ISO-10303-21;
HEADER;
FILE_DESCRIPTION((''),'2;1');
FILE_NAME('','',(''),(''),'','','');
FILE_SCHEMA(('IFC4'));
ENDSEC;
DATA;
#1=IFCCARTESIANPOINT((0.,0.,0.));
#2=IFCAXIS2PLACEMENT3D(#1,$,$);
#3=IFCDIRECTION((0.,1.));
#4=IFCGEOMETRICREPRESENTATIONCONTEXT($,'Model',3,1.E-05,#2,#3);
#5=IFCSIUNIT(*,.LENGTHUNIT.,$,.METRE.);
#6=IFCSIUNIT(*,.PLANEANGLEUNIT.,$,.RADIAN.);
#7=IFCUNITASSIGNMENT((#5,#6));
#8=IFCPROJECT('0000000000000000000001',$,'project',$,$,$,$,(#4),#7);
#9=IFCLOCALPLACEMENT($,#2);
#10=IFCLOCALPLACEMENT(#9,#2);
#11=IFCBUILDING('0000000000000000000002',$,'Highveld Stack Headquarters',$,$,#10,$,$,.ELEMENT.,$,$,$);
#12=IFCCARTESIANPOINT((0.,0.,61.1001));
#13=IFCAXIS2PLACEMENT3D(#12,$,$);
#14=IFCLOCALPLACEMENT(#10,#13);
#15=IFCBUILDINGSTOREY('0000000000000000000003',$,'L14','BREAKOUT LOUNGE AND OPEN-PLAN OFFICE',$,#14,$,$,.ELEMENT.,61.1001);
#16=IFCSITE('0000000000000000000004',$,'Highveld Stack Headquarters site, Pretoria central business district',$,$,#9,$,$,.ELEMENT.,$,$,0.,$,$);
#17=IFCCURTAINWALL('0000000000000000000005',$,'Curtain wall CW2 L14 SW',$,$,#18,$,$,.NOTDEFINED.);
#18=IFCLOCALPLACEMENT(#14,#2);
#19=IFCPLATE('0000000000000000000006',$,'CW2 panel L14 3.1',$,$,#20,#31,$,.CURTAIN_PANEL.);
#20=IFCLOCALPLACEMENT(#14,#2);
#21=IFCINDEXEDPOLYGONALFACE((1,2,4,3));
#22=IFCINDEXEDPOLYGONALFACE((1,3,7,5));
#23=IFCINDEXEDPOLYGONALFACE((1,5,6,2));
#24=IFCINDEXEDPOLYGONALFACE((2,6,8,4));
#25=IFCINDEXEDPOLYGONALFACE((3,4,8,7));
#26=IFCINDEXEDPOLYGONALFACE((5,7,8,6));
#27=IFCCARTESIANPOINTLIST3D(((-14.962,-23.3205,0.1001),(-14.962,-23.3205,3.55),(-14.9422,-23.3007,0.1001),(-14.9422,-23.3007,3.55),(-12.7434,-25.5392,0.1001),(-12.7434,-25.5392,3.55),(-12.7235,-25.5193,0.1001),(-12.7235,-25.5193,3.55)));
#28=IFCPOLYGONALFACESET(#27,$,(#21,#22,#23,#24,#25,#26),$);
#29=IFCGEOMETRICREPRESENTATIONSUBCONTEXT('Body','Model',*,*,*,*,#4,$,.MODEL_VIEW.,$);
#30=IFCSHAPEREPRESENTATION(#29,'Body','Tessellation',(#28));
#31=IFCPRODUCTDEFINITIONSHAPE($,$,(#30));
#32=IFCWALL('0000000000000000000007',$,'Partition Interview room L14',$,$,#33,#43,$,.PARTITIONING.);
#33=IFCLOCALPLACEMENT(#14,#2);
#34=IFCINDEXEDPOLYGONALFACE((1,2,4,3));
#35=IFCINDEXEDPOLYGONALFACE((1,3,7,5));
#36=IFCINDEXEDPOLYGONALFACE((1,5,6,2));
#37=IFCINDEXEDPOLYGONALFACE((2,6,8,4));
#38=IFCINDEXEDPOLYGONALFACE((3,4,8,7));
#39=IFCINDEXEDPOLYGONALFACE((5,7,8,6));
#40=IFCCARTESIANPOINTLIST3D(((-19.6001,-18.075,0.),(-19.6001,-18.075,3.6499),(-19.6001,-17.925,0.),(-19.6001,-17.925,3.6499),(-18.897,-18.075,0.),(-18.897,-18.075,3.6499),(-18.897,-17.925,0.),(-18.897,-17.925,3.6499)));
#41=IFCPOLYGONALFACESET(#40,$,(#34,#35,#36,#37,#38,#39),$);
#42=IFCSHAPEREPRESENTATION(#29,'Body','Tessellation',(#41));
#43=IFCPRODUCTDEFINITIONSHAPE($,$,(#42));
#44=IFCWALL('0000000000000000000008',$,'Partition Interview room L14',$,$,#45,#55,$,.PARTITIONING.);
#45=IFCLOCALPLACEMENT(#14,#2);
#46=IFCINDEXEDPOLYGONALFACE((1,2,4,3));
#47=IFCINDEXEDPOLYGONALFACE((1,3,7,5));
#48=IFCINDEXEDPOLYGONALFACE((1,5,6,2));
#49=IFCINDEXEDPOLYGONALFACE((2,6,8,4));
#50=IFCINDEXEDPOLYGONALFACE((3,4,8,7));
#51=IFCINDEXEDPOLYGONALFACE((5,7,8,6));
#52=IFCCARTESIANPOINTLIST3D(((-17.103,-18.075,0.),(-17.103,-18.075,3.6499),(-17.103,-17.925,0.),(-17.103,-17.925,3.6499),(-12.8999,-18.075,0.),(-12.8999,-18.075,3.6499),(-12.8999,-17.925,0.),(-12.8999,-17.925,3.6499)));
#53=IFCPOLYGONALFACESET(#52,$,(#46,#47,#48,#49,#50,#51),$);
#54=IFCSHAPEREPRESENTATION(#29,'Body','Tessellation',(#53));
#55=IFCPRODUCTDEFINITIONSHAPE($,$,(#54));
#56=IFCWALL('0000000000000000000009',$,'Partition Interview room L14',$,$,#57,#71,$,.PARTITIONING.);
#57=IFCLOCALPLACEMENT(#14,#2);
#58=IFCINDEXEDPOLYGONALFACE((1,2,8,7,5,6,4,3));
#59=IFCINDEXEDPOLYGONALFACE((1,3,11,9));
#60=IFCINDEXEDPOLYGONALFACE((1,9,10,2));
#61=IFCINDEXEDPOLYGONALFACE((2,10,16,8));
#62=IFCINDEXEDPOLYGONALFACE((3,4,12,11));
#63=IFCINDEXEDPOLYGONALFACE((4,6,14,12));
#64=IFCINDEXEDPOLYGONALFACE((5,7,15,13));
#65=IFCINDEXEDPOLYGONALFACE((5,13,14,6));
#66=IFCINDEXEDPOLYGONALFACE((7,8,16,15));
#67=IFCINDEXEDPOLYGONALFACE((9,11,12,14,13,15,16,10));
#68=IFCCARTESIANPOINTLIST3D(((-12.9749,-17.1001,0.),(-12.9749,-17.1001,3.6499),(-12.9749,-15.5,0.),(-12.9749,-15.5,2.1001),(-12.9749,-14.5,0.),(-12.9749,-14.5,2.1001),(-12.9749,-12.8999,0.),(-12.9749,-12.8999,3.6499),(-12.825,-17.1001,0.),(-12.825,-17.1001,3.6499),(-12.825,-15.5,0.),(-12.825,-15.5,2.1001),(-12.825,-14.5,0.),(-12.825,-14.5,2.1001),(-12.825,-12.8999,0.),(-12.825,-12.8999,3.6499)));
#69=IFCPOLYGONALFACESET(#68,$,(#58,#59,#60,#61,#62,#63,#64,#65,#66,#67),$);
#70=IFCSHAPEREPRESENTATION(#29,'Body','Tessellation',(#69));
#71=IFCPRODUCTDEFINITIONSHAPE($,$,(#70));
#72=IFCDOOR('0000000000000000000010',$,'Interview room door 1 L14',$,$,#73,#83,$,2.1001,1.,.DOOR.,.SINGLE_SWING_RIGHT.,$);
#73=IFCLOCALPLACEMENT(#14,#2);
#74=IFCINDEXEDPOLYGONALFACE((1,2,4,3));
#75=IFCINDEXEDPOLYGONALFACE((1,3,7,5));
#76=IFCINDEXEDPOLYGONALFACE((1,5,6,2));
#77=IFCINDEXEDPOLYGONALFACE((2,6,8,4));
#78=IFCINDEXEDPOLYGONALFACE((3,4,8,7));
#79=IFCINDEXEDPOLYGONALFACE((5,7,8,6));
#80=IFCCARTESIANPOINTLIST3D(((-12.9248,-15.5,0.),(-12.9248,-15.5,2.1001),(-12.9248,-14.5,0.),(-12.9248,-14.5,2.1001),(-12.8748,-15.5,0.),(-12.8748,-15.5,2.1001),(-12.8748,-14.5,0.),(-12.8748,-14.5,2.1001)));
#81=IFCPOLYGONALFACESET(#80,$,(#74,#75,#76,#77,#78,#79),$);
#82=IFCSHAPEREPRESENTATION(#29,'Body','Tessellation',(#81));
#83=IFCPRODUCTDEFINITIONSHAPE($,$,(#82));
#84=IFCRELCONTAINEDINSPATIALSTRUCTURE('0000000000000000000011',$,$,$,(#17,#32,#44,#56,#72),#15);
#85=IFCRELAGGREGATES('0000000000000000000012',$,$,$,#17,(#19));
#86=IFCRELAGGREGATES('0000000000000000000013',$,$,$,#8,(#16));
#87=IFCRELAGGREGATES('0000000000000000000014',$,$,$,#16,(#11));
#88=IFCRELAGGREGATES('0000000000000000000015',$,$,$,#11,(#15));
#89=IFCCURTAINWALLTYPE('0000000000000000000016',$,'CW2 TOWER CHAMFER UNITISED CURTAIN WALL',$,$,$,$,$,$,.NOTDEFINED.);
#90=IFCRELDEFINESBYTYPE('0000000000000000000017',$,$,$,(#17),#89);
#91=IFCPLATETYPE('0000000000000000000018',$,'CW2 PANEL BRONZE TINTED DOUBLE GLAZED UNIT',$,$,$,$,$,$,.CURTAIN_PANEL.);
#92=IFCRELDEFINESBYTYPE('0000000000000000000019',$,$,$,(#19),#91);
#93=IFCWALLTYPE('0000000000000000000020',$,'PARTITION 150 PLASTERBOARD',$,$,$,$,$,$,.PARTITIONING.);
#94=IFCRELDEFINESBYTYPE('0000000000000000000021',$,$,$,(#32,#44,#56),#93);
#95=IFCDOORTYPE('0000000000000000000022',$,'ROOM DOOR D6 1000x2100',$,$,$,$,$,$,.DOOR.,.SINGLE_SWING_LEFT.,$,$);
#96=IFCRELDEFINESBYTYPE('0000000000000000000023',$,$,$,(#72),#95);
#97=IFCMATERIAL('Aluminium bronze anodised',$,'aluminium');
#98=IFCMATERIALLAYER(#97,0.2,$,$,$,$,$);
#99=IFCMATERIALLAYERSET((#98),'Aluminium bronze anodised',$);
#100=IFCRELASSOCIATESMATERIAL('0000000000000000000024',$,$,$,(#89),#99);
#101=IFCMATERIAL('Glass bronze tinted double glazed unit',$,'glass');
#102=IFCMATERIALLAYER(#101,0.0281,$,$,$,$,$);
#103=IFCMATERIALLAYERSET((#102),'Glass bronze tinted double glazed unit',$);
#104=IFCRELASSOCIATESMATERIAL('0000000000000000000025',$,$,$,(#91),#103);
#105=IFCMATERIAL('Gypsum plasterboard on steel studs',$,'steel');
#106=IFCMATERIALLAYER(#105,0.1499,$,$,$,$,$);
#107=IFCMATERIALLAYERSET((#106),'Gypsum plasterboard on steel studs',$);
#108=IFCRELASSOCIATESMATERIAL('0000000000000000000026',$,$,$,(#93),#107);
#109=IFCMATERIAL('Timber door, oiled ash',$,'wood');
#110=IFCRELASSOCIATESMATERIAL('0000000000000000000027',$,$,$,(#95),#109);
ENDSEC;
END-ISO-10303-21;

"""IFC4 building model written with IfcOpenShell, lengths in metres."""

from ifc_helpers import new_model, si_unit, direction, frame, frame_2d, origin, origin_2d, place, context, subcontext, project, spatial, rectangle, extrude, material, layer, layer_set, type_object, element, fill, aggregate, save


model = new_model("IFC4")

# Units and contexts
model_context = context("Model", 3, precision=1e-05, world=origin(), true_north=direction((0.0, 1.0)))
body_context = subcontext(model_context, "Body", "Model", "MODEL_VIEW")
ifc_project = project(units=[si_unit("LENGTHUNIT", "METRE"), si_unit("PLANEANGLEUNIT", "RADIAN")], contexts=[model_context])

# Site, building, storey
site_placement = place(None, origin())
site = spatial("IfcSite", under=ifc_project, at=site_placement, Name="Highveld Stack Headquarters site, Pretoria central business district", CompositionType="ELEMENT", RefElevation=0.0)
building_placement = place(site_placement, origin())
building = spatial("IfcBuilding", under=site, at=building_placement, Name="Highveld Stack Headquarters", CompositionType="ELEMENT")
storey_placement = place(building_placement, frame((0.0, 0.0, 61.1001)))
storey = spatial("IfcBuildingStorey", under=building, at=storey_placement, Name="L14", Description="BREAKOUT LOUNGE AND OPEN-PLAN OFFICE", CompositionType="ELEMENT", Elevation=61.1001)

# Curtain wall
ifc_material_1 = material(Name="Aluminium bronze anodised", Category="aluminium")
ifc_layer_1 = layer(ifc_material_1, 0.2)
ifc_layer_set_1 = layer_set([ifc_layer_1], Name="Aluminium bronze anodised")
curtain_wall_type_1 = type_object("IfcCurtainWallType", Name="CW2 TOWER CHAMFER UNITISED CURTAIN WALL", PredefinedType="NOTDEFINED", material=ifc_layer_set_1)
curtain_wall_1_placement = place(storey_placement, origin())
curtain_wall_1 = element("IfcCurtainWall", 1, at=curtain_wall_1_placement, inside=storey, type_object=curtain_wall_type_1, Name="Curtain wall CW2 L14 SW", PredefinedType="NOTDEFINED")

# Plate
ifc_material_2 = material(Name="Glass bronze tinted double glazed unit", Category="glass")
ifc_layer_2 = layer(ifc_material_2, 0.0281)
ifc_layer_set_2 = layer_set([ifc_layer_2], Name="Glass bronze tinted double glazed unit")
plate_type_1 = type_object("IfcPlateType", Name="CW2 PANEL BRONZE TINTED DOUBLE GLAZED UNIT", PredefinedType="CURTAIN_PANEL", material=ifc_layer_set_2)
plate_1_placement = place(storey_placement, frame((-13.8428, -24.4199, 0.1001), z_axis=(0.0, 0.0, 1.0), x_axis=(0.707107, -0.707107, 0.0)))
plate_1 = element("IfcPlate", 2, at=plate_1_placement, type_object=plate_type_1, Name="CW2 panel L14 3.1", PredefinedType="CURTAIN_PANEL", context=body_context, shape_type="SweptSolid", body=[
    extrude(rectangle(XDim=3.1377, YDim=0.0281, at=origin_2d()), origin(), (0.0, 0.0, 1.0), 3.45),
])
aggregate(curtain_wall_1, [plate_1])

# Walls
ifc_material_3 = material(Name="Gypsum plasterboard on steel studs", Category="steel")
ifc_layer_3 = layer(ifc_material_3, 0.1499)
ifc_layer_set_3 = layer_set([ifc_layer_3], Name="Gypsum plasterboard on steel studs")
wall_type = type_object("IfcWallType", Name="PARTITION 150 PLASTERBOARD", PredefinedType="PARTITIONING", material=ifc_layer_set_3)
wall_1_placement = place(storey_placement, frame((-19.6001, -18.0, 0.0), z_axis=(0.0, 0.0, 1.0), x_axis=(1.0, 0.0, 0.0)))
element("IfcWall", 3, at=wall_1_placement, inside=storey, type_object=wall_type, Name="Partition Interview room L14", PredefinedType="PARTITIONING", context=body_context, shape_type="SweptSolid", body=[
    extrude(rectangle(XDim=0.7031, YDim=0.1499, at=frame_2d((0.3516, 0.0))), origin(), (0.0, 0.0, 1.0), 3.6499),
])
wall_2_placement = place(storey_placement, frame((-17.103, -18.0, 0.0), z_axis=(0.0, 0.0, 1.0), x_axis=(1.0, 0.0, 0.0)))
element("IfcWall", 4, at=wall_2_placement, inside=storey, type_object=wall_type, Name="Partition Interview room L14", PredefinedType="PARTITIONING", context=body_context, shape_type="SweptSolid", body=[
    extrude(rectangle(XDim=4.2031, YDim=0.1499, at=frame_2d((2.1016, 0.0))), origin(), (0.0, 0.0, 1.0), 3.6499),
])

# Wall, opening, door
wall_3_placement = place(storey_placement, frame((-12.8999, -17.1001, 0.0), z_axis=(0.0, 0.0, 1.0), x_axis=(0.0, 1.0, 0.0)))
wall_3 = element("IfcWall", 5, at=wall_3_placement, inside=storey, type_object=wall_type, Name="Partition Interview room L14", PredefinedType="PARTITIONING", context=body_context, shape_type="SweptSolid", body=[
    extrude(rectangle(XDim=4.2002, YDim=0.1499, at=frame_2d((2.1001, 0.0))), origin(), (0.0, 0.0, 1.0), 3.6499),
])
opening_placement = place(wall_3_placement, frame((1.6001, 0.0, 0.0)))
opening = element("IfcOpeningElement", 6, at=opening_placement, cuts=wall_3, PredefinedType="OPENING", context=body_context, shape_type="SweptSolid", body=[
    extrude(rectangle(XDim=1.0, YDim=2.1001, at=frame_2d((0.5, 1.05))), frame((0.0, 0.085, 0.0), z_axis=(0.0, -1.0, 0.0), x_axis=(1.0, 0.0, 0.0)), (0.0, 0.0, 1.0), 0.1699),
])
ifc_material_4 = material(Name="Timber door, oiled ash", Category="wood")
door_type = type_object("IfcDoorType", Name="ROOM DOOR D6 1000x2100", OperationType="SINGLE_SWING_LEFT", PredefinedType="DOOR", material=ifc_material_4)
door_placement = place(opening_placement, origin())
door = element("IfcDoor", 7, at=door_placement, inside=storey, type_object=door_type, Name="Interview room door 1 L14", OperationType="SINGLE_SWING_RIGHT", OverallHeight=2.1001, OverallWidth=1.0, PredefinedType="DOOR", context=body_context, shape_type="SweptSolid", body=[
    extrude(rectangle(XDim=1.0, YDim=2.1001, at=frame_2d((0.5, 1.05))), frame((0.0, 0.0249, 0.0), z_axis=(0.0, -1.0, 0.0), x_axis=(1.0, 0.0, 0.0)), (0.0, 0.0, 1.0), 0.05),
])
fill(opening, door)

save(model, "model.ifc")
